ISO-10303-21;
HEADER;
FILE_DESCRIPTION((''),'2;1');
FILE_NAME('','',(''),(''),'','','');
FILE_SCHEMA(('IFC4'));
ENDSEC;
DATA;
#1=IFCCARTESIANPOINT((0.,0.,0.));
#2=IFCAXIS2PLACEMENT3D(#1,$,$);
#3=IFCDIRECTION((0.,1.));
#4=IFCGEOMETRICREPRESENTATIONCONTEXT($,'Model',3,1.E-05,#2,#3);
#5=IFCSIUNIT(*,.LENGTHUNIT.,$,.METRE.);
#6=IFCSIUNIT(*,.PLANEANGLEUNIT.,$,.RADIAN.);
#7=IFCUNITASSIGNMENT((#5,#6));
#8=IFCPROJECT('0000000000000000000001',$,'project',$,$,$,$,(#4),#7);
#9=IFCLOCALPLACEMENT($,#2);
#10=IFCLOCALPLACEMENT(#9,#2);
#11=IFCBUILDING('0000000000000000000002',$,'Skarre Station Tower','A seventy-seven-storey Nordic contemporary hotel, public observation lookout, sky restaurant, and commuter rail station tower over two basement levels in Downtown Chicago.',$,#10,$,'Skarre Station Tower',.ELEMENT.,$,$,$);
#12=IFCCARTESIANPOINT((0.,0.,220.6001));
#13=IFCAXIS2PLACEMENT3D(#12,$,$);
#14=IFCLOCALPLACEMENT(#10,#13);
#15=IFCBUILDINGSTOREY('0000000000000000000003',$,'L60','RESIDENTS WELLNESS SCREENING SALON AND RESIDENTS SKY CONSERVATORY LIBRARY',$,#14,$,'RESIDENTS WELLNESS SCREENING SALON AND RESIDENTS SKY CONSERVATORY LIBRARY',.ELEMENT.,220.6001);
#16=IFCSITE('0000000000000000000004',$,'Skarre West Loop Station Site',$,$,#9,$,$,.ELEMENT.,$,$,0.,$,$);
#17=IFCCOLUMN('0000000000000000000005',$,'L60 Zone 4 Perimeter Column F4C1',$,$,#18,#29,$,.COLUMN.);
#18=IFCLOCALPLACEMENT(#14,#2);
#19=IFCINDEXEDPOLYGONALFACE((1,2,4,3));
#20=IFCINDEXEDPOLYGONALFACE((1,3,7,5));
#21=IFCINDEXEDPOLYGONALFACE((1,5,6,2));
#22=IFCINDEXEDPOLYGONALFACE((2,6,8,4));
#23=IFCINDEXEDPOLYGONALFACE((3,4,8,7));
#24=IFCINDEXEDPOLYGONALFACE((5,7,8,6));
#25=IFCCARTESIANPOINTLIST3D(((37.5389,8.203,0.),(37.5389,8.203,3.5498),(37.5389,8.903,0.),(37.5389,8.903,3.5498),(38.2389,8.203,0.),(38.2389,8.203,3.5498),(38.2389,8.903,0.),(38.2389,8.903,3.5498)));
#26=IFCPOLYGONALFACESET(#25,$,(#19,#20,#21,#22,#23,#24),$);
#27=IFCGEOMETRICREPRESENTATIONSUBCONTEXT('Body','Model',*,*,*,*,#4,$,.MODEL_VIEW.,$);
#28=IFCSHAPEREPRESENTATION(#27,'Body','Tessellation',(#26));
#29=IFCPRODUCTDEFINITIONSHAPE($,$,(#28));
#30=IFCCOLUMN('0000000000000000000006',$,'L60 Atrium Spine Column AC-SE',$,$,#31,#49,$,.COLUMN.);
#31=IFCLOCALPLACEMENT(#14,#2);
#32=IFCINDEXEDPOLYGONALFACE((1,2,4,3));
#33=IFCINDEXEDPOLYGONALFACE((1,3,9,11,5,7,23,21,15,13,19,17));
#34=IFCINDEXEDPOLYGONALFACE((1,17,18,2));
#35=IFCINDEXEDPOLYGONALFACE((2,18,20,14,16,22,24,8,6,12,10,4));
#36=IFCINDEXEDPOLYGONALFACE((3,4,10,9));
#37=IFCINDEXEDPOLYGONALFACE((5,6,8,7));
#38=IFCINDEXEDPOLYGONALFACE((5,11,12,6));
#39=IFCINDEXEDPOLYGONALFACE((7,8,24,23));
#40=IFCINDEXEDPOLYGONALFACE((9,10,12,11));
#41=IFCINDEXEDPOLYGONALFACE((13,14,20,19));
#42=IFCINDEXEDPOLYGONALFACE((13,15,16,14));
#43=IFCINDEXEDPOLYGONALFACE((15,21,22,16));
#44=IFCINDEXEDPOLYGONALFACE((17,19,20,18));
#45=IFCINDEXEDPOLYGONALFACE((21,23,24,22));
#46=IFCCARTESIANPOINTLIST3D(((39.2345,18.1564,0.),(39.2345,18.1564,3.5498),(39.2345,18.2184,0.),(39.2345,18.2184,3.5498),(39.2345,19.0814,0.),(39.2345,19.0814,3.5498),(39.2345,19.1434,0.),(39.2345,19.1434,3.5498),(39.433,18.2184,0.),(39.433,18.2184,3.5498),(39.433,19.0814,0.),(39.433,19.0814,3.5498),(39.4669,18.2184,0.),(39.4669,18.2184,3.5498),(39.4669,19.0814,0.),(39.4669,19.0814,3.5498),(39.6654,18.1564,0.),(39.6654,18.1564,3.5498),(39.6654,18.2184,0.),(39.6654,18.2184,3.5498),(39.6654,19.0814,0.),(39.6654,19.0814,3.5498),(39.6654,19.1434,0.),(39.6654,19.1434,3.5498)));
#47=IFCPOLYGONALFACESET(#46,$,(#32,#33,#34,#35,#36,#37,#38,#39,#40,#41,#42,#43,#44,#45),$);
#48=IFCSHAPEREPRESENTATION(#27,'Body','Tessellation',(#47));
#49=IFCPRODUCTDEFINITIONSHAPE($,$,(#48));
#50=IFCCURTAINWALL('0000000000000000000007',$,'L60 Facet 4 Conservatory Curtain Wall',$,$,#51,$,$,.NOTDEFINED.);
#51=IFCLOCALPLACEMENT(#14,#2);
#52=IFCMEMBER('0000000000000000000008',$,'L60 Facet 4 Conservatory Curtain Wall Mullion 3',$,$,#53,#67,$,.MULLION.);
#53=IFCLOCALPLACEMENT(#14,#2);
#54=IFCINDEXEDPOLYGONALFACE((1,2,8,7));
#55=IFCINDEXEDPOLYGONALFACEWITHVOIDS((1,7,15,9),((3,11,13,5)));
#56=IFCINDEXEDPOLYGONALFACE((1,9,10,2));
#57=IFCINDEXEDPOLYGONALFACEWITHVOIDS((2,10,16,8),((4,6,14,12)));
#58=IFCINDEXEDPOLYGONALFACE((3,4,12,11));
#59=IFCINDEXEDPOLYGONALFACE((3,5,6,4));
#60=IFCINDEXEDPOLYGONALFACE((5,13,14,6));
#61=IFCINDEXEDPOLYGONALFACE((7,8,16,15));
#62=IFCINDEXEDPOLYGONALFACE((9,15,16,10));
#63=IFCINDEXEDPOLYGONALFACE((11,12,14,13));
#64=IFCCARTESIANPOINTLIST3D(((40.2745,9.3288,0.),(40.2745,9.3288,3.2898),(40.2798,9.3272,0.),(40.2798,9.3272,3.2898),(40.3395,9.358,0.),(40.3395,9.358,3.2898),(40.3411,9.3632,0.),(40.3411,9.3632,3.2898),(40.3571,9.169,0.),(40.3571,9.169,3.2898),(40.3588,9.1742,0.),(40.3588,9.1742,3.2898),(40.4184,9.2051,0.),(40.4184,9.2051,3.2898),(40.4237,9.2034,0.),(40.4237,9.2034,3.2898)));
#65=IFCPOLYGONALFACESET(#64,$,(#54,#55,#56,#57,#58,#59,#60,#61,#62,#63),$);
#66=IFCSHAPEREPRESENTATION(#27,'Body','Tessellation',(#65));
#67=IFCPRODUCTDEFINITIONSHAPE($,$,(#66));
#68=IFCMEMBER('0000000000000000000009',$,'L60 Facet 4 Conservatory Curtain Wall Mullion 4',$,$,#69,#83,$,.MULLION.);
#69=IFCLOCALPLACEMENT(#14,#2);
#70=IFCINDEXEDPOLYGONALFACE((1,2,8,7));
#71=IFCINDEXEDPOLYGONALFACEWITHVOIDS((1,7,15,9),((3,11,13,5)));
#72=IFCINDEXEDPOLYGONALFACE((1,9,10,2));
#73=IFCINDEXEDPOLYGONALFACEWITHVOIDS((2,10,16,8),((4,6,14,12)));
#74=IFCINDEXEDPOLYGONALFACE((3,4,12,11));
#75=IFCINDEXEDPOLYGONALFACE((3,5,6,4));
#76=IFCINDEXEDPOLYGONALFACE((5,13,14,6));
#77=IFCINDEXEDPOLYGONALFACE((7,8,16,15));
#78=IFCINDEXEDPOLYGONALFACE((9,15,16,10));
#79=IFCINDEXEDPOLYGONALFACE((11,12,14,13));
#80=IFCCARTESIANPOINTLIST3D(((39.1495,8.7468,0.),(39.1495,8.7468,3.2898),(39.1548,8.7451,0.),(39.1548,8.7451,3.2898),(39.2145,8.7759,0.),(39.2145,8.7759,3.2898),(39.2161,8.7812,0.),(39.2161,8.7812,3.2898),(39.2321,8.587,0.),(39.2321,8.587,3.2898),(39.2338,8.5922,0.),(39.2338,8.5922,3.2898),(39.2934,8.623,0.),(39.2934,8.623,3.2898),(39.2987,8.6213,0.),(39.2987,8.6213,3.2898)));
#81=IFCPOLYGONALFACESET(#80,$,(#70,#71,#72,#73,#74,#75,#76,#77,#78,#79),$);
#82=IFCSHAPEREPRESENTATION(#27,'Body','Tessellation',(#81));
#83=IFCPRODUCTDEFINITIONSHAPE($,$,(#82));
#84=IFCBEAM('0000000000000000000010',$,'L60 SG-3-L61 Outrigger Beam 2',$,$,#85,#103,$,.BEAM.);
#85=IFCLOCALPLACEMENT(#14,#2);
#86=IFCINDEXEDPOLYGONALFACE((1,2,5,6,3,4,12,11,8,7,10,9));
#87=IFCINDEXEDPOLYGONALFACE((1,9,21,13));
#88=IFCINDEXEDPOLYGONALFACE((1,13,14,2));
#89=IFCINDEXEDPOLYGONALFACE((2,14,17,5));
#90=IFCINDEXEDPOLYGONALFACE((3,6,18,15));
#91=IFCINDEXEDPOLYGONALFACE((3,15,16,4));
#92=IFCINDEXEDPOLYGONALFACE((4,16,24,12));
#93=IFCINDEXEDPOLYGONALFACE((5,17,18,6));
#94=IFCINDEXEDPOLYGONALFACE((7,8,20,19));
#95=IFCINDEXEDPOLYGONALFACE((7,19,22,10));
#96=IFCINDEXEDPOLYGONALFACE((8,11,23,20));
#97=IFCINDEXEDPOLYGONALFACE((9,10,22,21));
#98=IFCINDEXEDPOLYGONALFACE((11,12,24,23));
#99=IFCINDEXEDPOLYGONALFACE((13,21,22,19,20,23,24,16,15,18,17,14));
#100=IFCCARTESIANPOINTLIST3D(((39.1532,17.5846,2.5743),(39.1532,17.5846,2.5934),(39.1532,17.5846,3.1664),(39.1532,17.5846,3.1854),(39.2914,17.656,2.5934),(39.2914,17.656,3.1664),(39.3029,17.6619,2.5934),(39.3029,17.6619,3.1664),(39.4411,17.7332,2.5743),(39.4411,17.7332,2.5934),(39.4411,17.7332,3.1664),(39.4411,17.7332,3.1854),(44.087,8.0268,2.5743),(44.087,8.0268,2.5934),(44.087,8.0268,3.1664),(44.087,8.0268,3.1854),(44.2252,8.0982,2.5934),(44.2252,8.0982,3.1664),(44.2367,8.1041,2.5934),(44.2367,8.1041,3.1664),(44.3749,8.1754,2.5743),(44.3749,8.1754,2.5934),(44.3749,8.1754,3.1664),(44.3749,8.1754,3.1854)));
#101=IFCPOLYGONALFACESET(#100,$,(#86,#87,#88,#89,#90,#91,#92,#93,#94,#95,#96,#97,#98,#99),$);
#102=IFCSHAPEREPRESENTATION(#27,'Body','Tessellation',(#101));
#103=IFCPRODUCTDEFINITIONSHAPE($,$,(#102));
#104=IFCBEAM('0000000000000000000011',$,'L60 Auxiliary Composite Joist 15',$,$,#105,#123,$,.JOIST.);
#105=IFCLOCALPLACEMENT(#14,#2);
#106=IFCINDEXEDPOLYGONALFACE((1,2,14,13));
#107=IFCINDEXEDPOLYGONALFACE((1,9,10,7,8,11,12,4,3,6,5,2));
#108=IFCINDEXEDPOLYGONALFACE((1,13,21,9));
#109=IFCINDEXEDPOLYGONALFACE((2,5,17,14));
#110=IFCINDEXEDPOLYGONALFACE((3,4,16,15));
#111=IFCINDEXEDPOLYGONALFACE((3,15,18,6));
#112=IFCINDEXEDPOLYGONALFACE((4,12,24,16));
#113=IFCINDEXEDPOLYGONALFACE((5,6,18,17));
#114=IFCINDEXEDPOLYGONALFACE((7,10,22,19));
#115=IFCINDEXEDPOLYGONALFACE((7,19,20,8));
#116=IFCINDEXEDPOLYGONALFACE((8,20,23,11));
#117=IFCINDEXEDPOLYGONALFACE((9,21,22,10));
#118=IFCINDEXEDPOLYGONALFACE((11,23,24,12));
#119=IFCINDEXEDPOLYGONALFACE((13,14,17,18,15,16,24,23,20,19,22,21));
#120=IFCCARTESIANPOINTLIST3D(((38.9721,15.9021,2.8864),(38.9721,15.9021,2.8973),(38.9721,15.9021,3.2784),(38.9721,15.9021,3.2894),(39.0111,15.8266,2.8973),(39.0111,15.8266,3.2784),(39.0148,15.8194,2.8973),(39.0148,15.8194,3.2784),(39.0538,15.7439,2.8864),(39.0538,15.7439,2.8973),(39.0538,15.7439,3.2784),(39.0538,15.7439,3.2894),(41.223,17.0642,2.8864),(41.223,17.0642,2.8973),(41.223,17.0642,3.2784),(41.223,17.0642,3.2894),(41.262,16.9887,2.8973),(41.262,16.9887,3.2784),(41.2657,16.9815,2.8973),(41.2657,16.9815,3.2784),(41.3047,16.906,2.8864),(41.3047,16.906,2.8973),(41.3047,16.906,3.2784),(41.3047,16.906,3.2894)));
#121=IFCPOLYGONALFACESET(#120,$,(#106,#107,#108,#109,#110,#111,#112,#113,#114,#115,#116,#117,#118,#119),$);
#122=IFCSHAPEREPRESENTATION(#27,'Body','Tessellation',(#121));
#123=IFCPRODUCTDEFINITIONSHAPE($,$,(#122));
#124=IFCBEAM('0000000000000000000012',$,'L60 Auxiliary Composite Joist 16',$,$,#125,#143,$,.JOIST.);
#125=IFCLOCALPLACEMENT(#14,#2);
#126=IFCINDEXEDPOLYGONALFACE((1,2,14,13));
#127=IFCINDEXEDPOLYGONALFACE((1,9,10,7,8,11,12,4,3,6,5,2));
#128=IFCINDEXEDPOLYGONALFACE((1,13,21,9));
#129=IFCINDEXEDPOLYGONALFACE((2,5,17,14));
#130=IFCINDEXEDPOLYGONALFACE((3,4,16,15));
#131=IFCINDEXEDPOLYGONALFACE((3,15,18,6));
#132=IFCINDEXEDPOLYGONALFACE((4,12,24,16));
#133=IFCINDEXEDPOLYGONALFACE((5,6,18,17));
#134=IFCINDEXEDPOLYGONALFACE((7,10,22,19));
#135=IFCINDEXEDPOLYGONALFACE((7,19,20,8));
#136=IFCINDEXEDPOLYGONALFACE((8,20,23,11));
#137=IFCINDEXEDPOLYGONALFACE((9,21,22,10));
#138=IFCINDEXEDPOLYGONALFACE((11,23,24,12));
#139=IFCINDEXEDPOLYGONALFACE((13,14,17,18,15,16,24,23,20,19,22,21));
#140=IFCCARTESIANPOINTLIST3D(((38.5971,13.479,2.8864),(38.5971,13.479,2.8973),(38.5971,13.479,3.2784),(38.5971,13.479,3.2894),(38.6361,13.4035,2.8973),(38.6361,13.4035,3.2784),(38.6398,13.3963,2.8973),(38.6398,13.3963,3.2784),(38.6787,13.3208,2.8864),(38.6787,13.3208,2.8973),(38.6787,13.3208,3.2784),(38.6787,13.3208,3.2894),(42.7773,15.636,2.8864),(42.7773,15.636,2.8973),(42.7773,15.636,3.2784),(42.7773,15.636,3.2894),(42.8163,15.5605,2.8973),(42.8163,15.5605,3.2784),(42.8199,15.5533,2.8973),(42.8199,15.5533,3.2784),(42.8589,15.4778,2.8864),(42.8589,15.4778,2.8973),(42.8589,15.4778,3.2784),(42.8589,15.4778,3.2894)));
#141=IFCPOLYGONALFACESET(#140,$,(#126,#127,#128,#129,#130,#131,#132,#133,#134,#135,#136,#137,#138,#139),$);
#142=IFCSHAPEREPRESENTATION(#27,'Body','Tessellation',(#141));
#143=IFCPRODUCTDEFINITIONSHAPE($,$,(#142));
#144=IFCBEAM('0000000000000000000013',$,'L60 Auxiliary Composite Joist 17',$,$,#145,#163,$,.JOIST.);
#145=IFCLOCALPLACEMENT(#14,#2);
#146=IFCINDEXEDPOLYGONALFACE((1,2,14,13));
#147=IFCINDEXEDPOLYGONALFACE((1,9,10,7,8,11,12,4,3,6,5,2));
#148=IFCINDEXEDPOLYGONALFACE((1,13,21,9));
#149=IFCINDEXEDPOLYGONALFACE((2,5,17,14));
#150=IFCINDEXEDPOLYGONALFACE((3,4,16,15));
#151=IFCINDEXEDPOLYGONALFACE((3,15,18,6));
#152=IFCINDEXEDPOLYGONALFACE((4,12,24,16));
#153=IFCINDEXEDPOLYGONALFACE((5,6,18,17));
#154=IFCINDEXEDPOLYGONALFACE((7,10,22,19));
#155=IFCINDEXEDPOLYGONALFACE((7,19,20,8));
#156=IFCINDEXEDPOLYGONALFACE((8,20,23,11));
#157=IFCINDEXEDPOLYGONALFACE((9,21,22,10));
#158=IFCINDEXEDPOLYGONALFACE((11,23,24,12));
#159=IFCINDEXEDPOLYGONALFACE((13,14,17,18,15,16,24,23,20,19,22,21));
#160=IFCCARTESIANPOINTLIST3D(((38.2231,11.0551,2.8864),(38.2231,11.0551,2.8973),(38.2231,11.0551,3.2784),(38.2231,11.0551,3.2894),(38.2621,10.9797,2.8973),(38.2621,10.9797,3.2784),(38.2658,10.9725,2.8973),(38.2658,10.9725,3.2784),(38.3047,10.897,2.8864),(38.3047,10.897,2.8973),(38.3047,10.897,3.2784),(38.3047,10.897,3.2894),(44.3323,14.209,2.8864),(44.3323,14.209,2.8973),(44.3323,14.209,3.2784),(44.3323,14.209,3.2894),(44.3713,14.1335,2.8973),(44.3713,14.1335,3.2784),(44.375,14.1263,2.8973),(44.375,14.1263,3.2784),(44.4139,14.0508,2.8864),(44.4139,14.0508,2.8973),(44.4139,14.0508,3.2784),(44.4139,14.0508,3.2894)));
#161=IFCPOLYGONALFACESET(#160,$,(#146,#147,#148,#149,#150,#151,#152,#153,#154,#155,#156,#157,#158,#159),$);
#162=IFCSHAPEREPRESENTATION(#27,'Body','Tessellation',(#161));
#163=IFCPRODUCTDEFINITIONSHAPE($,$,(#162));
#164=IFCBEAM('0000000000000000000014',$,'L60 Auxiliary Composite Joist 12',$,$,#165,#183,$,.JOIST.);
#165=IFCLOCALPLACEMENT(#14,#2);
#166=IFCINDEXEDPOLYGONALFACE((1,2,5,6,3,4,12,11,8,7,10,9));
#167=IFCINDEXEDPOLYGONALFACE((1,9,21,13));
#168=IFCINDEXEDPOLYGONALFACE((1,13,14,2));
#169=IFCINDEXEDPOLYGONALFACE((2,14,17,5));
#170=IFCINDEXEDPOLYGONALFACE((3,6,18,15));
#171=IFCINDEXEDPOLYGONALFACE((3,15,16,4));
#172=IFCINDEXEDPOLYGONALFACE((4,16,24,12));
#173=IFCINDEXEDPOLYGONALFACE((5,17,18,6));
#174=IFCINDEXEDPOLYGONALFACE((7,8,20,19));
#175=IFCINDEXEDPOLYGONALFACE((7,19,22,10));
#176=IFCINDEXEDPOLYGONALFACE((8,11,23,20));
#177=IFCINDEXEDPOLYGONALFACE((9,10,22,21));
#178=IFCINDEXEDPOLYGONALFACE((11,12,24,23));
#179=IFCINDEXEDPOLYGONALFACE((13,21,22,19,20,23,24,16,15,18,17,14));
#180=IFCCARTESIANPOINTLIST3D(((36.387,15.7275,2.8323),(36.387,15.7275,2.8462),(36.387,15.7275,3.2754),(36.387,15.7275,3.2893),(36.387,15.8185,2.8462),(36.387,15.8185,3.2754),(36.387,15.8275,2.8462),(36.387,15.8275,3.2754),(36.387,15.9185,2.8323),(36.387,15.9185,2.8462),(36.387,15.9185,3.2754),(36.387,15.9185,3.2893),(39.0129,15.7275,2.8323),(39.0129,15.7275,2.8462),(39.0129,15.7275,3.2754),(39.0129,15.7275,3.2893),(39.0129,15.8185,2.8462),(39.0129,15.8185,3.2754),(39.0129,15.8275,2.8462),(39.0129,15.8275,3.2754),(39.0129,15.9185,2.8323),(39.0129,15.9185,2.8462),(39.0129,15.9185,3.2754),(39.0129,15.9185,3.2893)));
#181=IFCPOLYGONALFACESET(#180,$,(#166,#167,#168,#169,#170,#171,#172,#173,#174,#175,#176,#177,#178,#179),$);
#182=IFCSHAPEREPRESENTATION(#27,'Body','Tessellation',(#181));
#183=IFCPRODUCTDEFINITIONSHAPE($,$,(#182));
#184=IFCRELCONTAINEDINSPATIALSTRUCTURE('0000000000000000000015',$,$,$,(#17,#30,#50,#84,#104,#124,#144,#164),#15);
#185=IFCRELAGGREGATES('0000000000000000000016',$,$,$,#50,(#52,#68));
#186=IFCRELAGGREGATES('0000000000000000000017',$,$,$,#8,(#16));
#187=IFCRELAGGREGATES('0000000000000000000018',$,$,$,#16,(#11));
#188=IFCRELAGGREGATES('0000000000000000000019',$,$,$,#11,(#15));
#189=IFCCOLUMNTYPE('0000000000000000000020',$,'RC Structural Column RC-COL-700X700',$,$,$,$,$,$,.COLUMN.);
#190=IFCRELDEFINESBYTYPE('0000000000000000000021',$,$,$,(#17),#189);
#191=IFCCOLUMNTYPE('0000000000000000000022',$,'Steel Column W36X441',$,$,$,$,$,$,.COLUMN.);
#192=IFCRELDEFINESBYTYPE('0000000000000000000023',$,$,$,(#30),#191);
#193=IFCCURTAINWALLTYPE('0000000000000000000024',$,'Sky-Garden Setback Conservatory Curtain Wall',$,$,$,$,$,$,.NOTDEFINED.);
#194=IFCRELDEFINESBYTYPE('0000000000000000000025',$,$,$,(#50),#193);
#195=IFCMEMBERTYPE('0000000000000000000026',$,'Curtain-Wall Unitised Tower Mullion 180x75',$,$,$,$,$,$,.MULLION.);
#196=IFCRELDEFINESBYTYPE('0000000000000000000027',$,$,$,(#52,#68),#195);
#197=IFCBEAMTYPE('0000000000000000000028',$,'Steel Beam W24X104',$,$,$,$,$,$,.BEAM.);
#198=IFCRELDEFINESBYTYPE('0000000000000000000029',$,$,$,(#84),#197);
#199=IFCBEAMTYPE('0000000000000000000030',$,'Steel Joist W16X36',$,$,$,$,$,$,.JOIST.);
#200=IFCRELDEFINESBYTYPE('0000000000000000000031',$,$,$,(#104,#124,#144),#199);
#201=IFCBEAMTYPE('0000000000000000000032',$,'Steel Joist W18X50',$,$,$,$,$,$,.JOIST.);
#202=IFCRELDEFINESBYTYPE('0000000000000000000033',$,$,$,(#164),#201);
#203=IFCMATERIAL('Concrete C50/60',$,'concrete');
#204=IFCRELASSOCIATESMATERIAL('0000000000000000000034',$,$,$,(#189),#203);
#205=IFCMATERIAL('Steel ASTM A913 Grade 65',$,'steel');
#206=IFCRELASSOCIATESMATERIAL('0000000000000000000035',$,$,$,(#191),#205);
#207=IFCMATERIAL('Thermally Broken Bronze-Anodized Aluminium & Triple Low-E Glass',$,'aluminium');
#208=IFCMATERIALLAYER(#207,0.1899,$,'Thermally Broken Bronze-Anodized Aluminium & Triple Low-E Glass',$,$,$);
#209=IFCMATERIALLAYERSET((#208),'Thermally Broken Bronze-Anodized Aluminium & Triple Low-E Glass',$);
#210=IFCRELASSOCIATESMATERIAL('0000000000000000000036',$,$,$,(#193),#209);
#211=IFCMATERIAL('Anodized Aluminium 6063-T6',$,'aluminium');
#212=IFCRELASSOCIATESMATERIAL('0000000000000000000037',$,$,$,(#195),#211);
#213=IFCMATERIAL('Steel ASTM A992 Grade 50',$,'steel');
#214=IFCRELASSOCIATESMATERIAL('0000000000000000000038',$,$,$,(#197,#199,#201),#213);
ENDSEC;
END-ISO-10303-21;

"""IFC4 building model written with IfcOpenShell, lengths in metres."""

from ifc_helpers import new_model, si_unit, direction, frame, origin, origin_2d, place, context, subcontext, project, spatial, rectangle, hollow_rectangle, i_section, extrude, material, layer, layer_set, material_profile, profile_set, type_object, element, aggregate, save


model = new_model("IFC4")

# Units and contexts
model_context = context("Model", 3, precision=1e-05, world=origin(), true_north=direction((0.0, 1.0)))
body_context = subcontext(model_context, "Body", "Model", "MODEL_VIEW")
ifc_project = project(units=[si_unit("LENGTHUNIT", "METRE"), si_unit("PLANEANGLEUNIT", "RADIAN")], contexts=[model_context])

# Site, building, storey
site_placement = place(None, origin())
site = spatial("IfcSite", under=ifc_project, at=site_placement, Name="Skarre West Loop Station Site", CompositionType="ELEMENT", RefElevation=0.0)
building_placement = place(site_placement, origin())
building = spatial("IfcBuilding", under=site, at=building_placement, Name="Skarre Station Tower", Description="A seventy-seven-storey Nordic contemporary hotel, public observation lookout, sky restaurant, and commuter rail station tower over two basement levels in Downtown Chicago.", LongName="Skarre Station Tower", CompositionType="ELEMENT")
storey_placement = place(building_placement, frame((0.0, 0.0, 220.6001)))
storey = spatial("IfcBuildingStorey", under=building, at=storey_placement, Name="L60", Description="RESIDENTS WELLNESS SCREENING SALON AND RESIDENTS SKY CONSERVATORY LIBRARY", LongName="RESIDENTS WELLNESS SCREENING SALON AND RESIDENTS SKY CONSERVATORY LIBRARY", CompositionType="ELEMENT", Elevation=220.6001)

# Columns
ifc_material_1 = material(Name="Concrete C50/60", Category="concrete")
ifc_material_profile_1 = material_profile(ifc_material_1, rectangle(XDim=0.7, YDim=0.7, at=origin_2d()), Name="Concrete C50/60")
ifc_profile_set_1 = profile_set([ifc_material_profile_1], Name="Concrete C50/60")
column_type_1 = type_object("IfcColumnType", Name="RC Structural Column RC-COL-700X700", PredefinedType="COLUMN", material=ifc_profile_set_1)
column_1_placement = place(storey_placement, frame((37.8889, 8.553, 0.0), z_axis=(0.0, 0.0, 1.0), x_axis=(1.0, 0.0, 0.0)))
element("IfcColumn", 1, at=column_1_placement, inside=storey, type_object=column_type_1, Name="L60 Zone 4 Perimeter Column F4C1", PredefinedType="COLUMN", context=body_context, shape_type="SweptSolid", body=[
    extrude(rectangle(XDim=0.7, YDim=0.7, at=origin_2d()), origin(), (0.0, 0.0, 1.0), 3.5498),
])
ifc_material_2 = material(Name="Steel ASTM A913 Grade 65", Category="steel")
ifc_material_profile_2 = material_profile(ifc_material_2, i_section(OverallWidth=0.4309, OverallDepth=0.9871, WebThickness=0.0339, FlangeThickness=0.062, at=origin_2d()), Name="Steel ASTM A913 Grade 65")
ifc_profile_set_2 = profile_set([ifc_material_profile_2], Name="Steel ASTM A913 Grade 65")
column_type_2 = type_object("IfcColumnType", Name="Steel Column W36X441", PredefinedType="COLUMN", material=ifc_profile_set_2)
column_2_placement = place(storey_placement, frame((39.45, 18.6499, 0.0), z_axis=(0.0, 0.0, 1.0), x_axis=(1.0, 0.0, 0.0)))
element("IfcColumn", 2, at=column_2_placement, inside=storey, type_object=column_type_2, Name="L60 Atrium Spine Column AC-SE", PredefinedType="COLUMN", context=body_context, shape_type="SweptSolid", body=[
    extrude(i_section(OverallWidth=0.4309, OverallDepth=0.9871, WebThickness=0.0339, FlangeThickness=0.062, at=origin_2d()), origin(), (0.0, 0.0, 1.0), 3.5498),
])

# Curtain wall, members
ifc_material_3 = material(Name="Thermally Broken Bronze-Anodized Aluminium & Triple Low-E Glass", Category="aluminium")
ifc_layer_1 = layer(ifc_material_3, 0.1899, Name="Thermally Broken Bronze-Anodized Aluminium & Triple Low-E Glass")
ifc_layer_set_1 = layer_set([ifc_layer_1], Name="Thermally Broken Bronze-Anodized Aluminium & Triple Low-E Glass")
curtain_wall_type = type_object("IfcCurtainWallType", Name="Sky-Garden Setback Conservatory Curtain Wall", PredefinedType="NOTDEFINED", material=ifc_layer_set_1)
curtain_wall_placement = place(storey_placement, origin())
curtain_wall = element("IfcCurtainWall", 3, at=curtain_wall_placement, inside=storey, type_object=curtain_wall_type, Name="L60 Facet 4 Conservatory Curtain Wall", PredefinedType="NOTDEFINED")
ifc_material_4 = material(Name="Anodized Aluminium 6063-T6", Category="aluminium")
ifc_material_profile_3 = material_profile(ifc_material_4, hollow_rectangle(XDim=0.075, YDim=0.1799, WallThickness=0.0039, at=origin_2d()), Name="Anodized Aluminium 6063-T6")
ifc_profile_set_3 = profile_set([ifc_material_profile_3], Name="Anodized Aluminium 6063-T6")
member_type_1 = type_object("IfcMemberType", Name="Curtain-Wall Unitised Tower Mullion 180x75", PredefinedType="MULLION", material=ifc_profile_set_3)
member_1_placement = place(storey_placement, frame((40.3491, 9.2661, 0.0), z_axis=(0.0, 0.0, 1.0), x_axis=(-0.888481, -0.458913, 0.0)))
member_1 = element("IfcMember", 4, at=member_1_placement, type_object=member_type_1, Name="L60 Facet 4 Conservatory Curtain Wall Mullion 3", PredefinedType="MULLION", context=body_context, shape_type="SweptSolid", body=[
    extrude(hollow_rectangle(XDim=0.075, YDim=0.1799, WallThickness=0.0039, at=origin_2d()), origin(), (0.0, 0.0, 1.0), 3.2898),
])
member_2_placement = place(storey_placement, frame((39.2241, 8.6841, 0.0), z_axis=(0.0, 0.0, 1.0), x_axis=(-0.888481, -0.458913, 0.0)))
member_2 = element("IfcMember", 5, at=member_2_placement, type_object=member_type_1, Name="L60 Facet 4 Conservatory Curtain Wall Mullion 4", PredefinedType="MULLION", context=body_context, shape_type="SweptSolid", body=[
    extrude(hollow_rectangle(XDim=0.075, YDim=0.1799, WallThickness=0.0039, at=origin_2d()), origin(), (0.0, 0.0, 1.0), 3.2898),
])

# Beams
ifc_material_5 = material(Name="Steel ASTM A992 Grade 50", Category="steel")
ifc_material_profile_4 = material_profile(ifc_material_5, i_section(OverallWidth=0.324, OverallDepth=0.6111, WebThickness=0.0129, FlangeThickness=0.019, at=origin_2d()), Name="Steel ASTM A992 Grade 50")
ifc_profile_set_4 = profile_set([ifc_material_profile_4], Name="Steel ASTM A992 Grade 50")
beam_type_1 = type_object("IfcBeamType", Name="Steel Beam W24X104", PredefinedType="BEAM", material=ifc_profile_set_4)
beam_1_placement = place(storey_placement, frame((39.2971, 17.6589, 2.8799), z_axis=(0.458698, -0.888592, 0.0), x_axis=(0.888592, 0.458698, 0.0)))
element("IfcBeam", 6, at=beam_1_placement, inside=storey, type_object=beam_type_1, Name="L60 SG-3-L61 Outrigger Beam 2", PredefinedType="BEAM", context=body_context, shape_type="SweptSolid", body=[
    extrude(i_section(OverallWidth=0.324, OverallDepth=0.6111, WebThickness=0.0129, FlangeThickness=0.019, at=origin_2d()), origin(), (0.0, 0.0, 1.0), 10.7561),
])
ifc_material_profile_5 = material_profile(ifc_material_5, i_section(OverallWidth=0.178, OverallDepth=0.4031, WebThickness=0.0081, FlangeThickness=0.011, at=origin_2d()), Name="Steel ASTM A992 Grade 50")
ifc_profile_set_5 = profile_set([ifc_material_profile_5], Name="Steel ASTM A992 Grade 50")
beam_type_2 = type_object("IfcBeamType", Name="Steel Joist W16X36", PredefinedType="JOIST", material=ifc_profile_set_5)
beam_2_placement = place(storey_placement, frame((39.0129, 15.823, 3.0879), z_axis=(0.88857, 0.458741, 0.0), x_axis=(-0.458741, 0.88857, 0.0)))
element("IfcBeam", 7, at=beam_2_placement, inside=storey, type_object=beam_type_2, Name="L60 Auxiliary Composite Joist 15", PredefinedType="JOIST", context=body_context, shape_type="SweptSolid", body=[
    extrude(i_section(OverallWidth=0.178, OverallDepth=0.4031, WebThickness=0.0081, FlangeThickness=0.011, at=origin_2d()), origin(), (0.0, 0.0, 1.0), 2.5332),
])
beam_3_placement = place(storey_placement, frame((38.6379, 13.3999, 3.0879), z_axis=(0.888666, 0.458554, 0.0), x_axis=(-0.458554, 0.888666, 0.0)))
element("IfcBeam", 8, at=beam_3_placement, inside=storey, type_object=beam_type_2, Name="L60 Auxiliary Composite Joist 16", PredefinedType="JOIST", context=body_context, shape_type="SweptSolid", body=[
    extrude(i_section(OverallWidth=0.178, OverallDepth=0.4031, WebThickness=0.0081, FlangeThickness=0.011, at=origin_2d()), origin(), (0.0, 0.0, 1.0), 4.7039),
])
beam_4_placement = place(storey_placement, frame((38.2639, 10.9761, 3.0879), z_axis=(0.888579, 0.458724, 0.0), x_axis=(-0.458724, 0.888579, 0.0)))
element("IfcBeam", 9, at=beam_4_placement, inside=storey, type_object=beam_type_2, Name="L60 Auxiliary Composite Joist 17", PredefinedType="JOIST", context=body_context, shape_type="SweptSolid", body=[
    extrude(i_section(OverallWidth=0.178, OverallDepth=0.4031, WebThickness=0.0081, FlangeThickness=0.011, at=origin_2d()), origin(), (0.0, 0.0, 1.0), 6.8752),
])
ifc_material_profile_6 = material_profile(ifc_material_5, i_section(OverallWidth=0.1909, OverallDepth=0.457, WebThickness=0.009, FlangeThickness=0.0139, at=origin_2d()), Name="Steel ASTM A992 Grade 50")
ifc_profile_set_6 = profile_set([ifc_material_profile_6], Name="Steel ASTM A992 Grade 50")
beam_type_3 = type_object("IfcBeamType", Name="Steel Joist W18X50", PredefinedType="JOIST", material=ifc_profile_set_6)
beam_5_placement = place(storey_placement, frame((36.387, 15.823, 3.0608), z_axis=(1.0, 0.0, 0.0), x_axis=(0.0, 1.0, 0.0)))
element("IfcBeam", 10, at=beam_5_placement, inside=storey, type_object=beam_type_3, Name="L60 Auxiliary Composite Joist 12", PredefinedType="JOIST", context=body_context, shape_type="SweptSolid", body=[
    extrude(i_section(OverallWidth=0.1909, OverallDepth=0.457, WebThickness=0.009, FlangeThickness=0.0139, at=origin_2d()), origin(), (0.0, 0.0, 1.0), 2.626),
])

aggregate(curtain_wall, [member_1, member_2])

save(model, "model.ifc")
